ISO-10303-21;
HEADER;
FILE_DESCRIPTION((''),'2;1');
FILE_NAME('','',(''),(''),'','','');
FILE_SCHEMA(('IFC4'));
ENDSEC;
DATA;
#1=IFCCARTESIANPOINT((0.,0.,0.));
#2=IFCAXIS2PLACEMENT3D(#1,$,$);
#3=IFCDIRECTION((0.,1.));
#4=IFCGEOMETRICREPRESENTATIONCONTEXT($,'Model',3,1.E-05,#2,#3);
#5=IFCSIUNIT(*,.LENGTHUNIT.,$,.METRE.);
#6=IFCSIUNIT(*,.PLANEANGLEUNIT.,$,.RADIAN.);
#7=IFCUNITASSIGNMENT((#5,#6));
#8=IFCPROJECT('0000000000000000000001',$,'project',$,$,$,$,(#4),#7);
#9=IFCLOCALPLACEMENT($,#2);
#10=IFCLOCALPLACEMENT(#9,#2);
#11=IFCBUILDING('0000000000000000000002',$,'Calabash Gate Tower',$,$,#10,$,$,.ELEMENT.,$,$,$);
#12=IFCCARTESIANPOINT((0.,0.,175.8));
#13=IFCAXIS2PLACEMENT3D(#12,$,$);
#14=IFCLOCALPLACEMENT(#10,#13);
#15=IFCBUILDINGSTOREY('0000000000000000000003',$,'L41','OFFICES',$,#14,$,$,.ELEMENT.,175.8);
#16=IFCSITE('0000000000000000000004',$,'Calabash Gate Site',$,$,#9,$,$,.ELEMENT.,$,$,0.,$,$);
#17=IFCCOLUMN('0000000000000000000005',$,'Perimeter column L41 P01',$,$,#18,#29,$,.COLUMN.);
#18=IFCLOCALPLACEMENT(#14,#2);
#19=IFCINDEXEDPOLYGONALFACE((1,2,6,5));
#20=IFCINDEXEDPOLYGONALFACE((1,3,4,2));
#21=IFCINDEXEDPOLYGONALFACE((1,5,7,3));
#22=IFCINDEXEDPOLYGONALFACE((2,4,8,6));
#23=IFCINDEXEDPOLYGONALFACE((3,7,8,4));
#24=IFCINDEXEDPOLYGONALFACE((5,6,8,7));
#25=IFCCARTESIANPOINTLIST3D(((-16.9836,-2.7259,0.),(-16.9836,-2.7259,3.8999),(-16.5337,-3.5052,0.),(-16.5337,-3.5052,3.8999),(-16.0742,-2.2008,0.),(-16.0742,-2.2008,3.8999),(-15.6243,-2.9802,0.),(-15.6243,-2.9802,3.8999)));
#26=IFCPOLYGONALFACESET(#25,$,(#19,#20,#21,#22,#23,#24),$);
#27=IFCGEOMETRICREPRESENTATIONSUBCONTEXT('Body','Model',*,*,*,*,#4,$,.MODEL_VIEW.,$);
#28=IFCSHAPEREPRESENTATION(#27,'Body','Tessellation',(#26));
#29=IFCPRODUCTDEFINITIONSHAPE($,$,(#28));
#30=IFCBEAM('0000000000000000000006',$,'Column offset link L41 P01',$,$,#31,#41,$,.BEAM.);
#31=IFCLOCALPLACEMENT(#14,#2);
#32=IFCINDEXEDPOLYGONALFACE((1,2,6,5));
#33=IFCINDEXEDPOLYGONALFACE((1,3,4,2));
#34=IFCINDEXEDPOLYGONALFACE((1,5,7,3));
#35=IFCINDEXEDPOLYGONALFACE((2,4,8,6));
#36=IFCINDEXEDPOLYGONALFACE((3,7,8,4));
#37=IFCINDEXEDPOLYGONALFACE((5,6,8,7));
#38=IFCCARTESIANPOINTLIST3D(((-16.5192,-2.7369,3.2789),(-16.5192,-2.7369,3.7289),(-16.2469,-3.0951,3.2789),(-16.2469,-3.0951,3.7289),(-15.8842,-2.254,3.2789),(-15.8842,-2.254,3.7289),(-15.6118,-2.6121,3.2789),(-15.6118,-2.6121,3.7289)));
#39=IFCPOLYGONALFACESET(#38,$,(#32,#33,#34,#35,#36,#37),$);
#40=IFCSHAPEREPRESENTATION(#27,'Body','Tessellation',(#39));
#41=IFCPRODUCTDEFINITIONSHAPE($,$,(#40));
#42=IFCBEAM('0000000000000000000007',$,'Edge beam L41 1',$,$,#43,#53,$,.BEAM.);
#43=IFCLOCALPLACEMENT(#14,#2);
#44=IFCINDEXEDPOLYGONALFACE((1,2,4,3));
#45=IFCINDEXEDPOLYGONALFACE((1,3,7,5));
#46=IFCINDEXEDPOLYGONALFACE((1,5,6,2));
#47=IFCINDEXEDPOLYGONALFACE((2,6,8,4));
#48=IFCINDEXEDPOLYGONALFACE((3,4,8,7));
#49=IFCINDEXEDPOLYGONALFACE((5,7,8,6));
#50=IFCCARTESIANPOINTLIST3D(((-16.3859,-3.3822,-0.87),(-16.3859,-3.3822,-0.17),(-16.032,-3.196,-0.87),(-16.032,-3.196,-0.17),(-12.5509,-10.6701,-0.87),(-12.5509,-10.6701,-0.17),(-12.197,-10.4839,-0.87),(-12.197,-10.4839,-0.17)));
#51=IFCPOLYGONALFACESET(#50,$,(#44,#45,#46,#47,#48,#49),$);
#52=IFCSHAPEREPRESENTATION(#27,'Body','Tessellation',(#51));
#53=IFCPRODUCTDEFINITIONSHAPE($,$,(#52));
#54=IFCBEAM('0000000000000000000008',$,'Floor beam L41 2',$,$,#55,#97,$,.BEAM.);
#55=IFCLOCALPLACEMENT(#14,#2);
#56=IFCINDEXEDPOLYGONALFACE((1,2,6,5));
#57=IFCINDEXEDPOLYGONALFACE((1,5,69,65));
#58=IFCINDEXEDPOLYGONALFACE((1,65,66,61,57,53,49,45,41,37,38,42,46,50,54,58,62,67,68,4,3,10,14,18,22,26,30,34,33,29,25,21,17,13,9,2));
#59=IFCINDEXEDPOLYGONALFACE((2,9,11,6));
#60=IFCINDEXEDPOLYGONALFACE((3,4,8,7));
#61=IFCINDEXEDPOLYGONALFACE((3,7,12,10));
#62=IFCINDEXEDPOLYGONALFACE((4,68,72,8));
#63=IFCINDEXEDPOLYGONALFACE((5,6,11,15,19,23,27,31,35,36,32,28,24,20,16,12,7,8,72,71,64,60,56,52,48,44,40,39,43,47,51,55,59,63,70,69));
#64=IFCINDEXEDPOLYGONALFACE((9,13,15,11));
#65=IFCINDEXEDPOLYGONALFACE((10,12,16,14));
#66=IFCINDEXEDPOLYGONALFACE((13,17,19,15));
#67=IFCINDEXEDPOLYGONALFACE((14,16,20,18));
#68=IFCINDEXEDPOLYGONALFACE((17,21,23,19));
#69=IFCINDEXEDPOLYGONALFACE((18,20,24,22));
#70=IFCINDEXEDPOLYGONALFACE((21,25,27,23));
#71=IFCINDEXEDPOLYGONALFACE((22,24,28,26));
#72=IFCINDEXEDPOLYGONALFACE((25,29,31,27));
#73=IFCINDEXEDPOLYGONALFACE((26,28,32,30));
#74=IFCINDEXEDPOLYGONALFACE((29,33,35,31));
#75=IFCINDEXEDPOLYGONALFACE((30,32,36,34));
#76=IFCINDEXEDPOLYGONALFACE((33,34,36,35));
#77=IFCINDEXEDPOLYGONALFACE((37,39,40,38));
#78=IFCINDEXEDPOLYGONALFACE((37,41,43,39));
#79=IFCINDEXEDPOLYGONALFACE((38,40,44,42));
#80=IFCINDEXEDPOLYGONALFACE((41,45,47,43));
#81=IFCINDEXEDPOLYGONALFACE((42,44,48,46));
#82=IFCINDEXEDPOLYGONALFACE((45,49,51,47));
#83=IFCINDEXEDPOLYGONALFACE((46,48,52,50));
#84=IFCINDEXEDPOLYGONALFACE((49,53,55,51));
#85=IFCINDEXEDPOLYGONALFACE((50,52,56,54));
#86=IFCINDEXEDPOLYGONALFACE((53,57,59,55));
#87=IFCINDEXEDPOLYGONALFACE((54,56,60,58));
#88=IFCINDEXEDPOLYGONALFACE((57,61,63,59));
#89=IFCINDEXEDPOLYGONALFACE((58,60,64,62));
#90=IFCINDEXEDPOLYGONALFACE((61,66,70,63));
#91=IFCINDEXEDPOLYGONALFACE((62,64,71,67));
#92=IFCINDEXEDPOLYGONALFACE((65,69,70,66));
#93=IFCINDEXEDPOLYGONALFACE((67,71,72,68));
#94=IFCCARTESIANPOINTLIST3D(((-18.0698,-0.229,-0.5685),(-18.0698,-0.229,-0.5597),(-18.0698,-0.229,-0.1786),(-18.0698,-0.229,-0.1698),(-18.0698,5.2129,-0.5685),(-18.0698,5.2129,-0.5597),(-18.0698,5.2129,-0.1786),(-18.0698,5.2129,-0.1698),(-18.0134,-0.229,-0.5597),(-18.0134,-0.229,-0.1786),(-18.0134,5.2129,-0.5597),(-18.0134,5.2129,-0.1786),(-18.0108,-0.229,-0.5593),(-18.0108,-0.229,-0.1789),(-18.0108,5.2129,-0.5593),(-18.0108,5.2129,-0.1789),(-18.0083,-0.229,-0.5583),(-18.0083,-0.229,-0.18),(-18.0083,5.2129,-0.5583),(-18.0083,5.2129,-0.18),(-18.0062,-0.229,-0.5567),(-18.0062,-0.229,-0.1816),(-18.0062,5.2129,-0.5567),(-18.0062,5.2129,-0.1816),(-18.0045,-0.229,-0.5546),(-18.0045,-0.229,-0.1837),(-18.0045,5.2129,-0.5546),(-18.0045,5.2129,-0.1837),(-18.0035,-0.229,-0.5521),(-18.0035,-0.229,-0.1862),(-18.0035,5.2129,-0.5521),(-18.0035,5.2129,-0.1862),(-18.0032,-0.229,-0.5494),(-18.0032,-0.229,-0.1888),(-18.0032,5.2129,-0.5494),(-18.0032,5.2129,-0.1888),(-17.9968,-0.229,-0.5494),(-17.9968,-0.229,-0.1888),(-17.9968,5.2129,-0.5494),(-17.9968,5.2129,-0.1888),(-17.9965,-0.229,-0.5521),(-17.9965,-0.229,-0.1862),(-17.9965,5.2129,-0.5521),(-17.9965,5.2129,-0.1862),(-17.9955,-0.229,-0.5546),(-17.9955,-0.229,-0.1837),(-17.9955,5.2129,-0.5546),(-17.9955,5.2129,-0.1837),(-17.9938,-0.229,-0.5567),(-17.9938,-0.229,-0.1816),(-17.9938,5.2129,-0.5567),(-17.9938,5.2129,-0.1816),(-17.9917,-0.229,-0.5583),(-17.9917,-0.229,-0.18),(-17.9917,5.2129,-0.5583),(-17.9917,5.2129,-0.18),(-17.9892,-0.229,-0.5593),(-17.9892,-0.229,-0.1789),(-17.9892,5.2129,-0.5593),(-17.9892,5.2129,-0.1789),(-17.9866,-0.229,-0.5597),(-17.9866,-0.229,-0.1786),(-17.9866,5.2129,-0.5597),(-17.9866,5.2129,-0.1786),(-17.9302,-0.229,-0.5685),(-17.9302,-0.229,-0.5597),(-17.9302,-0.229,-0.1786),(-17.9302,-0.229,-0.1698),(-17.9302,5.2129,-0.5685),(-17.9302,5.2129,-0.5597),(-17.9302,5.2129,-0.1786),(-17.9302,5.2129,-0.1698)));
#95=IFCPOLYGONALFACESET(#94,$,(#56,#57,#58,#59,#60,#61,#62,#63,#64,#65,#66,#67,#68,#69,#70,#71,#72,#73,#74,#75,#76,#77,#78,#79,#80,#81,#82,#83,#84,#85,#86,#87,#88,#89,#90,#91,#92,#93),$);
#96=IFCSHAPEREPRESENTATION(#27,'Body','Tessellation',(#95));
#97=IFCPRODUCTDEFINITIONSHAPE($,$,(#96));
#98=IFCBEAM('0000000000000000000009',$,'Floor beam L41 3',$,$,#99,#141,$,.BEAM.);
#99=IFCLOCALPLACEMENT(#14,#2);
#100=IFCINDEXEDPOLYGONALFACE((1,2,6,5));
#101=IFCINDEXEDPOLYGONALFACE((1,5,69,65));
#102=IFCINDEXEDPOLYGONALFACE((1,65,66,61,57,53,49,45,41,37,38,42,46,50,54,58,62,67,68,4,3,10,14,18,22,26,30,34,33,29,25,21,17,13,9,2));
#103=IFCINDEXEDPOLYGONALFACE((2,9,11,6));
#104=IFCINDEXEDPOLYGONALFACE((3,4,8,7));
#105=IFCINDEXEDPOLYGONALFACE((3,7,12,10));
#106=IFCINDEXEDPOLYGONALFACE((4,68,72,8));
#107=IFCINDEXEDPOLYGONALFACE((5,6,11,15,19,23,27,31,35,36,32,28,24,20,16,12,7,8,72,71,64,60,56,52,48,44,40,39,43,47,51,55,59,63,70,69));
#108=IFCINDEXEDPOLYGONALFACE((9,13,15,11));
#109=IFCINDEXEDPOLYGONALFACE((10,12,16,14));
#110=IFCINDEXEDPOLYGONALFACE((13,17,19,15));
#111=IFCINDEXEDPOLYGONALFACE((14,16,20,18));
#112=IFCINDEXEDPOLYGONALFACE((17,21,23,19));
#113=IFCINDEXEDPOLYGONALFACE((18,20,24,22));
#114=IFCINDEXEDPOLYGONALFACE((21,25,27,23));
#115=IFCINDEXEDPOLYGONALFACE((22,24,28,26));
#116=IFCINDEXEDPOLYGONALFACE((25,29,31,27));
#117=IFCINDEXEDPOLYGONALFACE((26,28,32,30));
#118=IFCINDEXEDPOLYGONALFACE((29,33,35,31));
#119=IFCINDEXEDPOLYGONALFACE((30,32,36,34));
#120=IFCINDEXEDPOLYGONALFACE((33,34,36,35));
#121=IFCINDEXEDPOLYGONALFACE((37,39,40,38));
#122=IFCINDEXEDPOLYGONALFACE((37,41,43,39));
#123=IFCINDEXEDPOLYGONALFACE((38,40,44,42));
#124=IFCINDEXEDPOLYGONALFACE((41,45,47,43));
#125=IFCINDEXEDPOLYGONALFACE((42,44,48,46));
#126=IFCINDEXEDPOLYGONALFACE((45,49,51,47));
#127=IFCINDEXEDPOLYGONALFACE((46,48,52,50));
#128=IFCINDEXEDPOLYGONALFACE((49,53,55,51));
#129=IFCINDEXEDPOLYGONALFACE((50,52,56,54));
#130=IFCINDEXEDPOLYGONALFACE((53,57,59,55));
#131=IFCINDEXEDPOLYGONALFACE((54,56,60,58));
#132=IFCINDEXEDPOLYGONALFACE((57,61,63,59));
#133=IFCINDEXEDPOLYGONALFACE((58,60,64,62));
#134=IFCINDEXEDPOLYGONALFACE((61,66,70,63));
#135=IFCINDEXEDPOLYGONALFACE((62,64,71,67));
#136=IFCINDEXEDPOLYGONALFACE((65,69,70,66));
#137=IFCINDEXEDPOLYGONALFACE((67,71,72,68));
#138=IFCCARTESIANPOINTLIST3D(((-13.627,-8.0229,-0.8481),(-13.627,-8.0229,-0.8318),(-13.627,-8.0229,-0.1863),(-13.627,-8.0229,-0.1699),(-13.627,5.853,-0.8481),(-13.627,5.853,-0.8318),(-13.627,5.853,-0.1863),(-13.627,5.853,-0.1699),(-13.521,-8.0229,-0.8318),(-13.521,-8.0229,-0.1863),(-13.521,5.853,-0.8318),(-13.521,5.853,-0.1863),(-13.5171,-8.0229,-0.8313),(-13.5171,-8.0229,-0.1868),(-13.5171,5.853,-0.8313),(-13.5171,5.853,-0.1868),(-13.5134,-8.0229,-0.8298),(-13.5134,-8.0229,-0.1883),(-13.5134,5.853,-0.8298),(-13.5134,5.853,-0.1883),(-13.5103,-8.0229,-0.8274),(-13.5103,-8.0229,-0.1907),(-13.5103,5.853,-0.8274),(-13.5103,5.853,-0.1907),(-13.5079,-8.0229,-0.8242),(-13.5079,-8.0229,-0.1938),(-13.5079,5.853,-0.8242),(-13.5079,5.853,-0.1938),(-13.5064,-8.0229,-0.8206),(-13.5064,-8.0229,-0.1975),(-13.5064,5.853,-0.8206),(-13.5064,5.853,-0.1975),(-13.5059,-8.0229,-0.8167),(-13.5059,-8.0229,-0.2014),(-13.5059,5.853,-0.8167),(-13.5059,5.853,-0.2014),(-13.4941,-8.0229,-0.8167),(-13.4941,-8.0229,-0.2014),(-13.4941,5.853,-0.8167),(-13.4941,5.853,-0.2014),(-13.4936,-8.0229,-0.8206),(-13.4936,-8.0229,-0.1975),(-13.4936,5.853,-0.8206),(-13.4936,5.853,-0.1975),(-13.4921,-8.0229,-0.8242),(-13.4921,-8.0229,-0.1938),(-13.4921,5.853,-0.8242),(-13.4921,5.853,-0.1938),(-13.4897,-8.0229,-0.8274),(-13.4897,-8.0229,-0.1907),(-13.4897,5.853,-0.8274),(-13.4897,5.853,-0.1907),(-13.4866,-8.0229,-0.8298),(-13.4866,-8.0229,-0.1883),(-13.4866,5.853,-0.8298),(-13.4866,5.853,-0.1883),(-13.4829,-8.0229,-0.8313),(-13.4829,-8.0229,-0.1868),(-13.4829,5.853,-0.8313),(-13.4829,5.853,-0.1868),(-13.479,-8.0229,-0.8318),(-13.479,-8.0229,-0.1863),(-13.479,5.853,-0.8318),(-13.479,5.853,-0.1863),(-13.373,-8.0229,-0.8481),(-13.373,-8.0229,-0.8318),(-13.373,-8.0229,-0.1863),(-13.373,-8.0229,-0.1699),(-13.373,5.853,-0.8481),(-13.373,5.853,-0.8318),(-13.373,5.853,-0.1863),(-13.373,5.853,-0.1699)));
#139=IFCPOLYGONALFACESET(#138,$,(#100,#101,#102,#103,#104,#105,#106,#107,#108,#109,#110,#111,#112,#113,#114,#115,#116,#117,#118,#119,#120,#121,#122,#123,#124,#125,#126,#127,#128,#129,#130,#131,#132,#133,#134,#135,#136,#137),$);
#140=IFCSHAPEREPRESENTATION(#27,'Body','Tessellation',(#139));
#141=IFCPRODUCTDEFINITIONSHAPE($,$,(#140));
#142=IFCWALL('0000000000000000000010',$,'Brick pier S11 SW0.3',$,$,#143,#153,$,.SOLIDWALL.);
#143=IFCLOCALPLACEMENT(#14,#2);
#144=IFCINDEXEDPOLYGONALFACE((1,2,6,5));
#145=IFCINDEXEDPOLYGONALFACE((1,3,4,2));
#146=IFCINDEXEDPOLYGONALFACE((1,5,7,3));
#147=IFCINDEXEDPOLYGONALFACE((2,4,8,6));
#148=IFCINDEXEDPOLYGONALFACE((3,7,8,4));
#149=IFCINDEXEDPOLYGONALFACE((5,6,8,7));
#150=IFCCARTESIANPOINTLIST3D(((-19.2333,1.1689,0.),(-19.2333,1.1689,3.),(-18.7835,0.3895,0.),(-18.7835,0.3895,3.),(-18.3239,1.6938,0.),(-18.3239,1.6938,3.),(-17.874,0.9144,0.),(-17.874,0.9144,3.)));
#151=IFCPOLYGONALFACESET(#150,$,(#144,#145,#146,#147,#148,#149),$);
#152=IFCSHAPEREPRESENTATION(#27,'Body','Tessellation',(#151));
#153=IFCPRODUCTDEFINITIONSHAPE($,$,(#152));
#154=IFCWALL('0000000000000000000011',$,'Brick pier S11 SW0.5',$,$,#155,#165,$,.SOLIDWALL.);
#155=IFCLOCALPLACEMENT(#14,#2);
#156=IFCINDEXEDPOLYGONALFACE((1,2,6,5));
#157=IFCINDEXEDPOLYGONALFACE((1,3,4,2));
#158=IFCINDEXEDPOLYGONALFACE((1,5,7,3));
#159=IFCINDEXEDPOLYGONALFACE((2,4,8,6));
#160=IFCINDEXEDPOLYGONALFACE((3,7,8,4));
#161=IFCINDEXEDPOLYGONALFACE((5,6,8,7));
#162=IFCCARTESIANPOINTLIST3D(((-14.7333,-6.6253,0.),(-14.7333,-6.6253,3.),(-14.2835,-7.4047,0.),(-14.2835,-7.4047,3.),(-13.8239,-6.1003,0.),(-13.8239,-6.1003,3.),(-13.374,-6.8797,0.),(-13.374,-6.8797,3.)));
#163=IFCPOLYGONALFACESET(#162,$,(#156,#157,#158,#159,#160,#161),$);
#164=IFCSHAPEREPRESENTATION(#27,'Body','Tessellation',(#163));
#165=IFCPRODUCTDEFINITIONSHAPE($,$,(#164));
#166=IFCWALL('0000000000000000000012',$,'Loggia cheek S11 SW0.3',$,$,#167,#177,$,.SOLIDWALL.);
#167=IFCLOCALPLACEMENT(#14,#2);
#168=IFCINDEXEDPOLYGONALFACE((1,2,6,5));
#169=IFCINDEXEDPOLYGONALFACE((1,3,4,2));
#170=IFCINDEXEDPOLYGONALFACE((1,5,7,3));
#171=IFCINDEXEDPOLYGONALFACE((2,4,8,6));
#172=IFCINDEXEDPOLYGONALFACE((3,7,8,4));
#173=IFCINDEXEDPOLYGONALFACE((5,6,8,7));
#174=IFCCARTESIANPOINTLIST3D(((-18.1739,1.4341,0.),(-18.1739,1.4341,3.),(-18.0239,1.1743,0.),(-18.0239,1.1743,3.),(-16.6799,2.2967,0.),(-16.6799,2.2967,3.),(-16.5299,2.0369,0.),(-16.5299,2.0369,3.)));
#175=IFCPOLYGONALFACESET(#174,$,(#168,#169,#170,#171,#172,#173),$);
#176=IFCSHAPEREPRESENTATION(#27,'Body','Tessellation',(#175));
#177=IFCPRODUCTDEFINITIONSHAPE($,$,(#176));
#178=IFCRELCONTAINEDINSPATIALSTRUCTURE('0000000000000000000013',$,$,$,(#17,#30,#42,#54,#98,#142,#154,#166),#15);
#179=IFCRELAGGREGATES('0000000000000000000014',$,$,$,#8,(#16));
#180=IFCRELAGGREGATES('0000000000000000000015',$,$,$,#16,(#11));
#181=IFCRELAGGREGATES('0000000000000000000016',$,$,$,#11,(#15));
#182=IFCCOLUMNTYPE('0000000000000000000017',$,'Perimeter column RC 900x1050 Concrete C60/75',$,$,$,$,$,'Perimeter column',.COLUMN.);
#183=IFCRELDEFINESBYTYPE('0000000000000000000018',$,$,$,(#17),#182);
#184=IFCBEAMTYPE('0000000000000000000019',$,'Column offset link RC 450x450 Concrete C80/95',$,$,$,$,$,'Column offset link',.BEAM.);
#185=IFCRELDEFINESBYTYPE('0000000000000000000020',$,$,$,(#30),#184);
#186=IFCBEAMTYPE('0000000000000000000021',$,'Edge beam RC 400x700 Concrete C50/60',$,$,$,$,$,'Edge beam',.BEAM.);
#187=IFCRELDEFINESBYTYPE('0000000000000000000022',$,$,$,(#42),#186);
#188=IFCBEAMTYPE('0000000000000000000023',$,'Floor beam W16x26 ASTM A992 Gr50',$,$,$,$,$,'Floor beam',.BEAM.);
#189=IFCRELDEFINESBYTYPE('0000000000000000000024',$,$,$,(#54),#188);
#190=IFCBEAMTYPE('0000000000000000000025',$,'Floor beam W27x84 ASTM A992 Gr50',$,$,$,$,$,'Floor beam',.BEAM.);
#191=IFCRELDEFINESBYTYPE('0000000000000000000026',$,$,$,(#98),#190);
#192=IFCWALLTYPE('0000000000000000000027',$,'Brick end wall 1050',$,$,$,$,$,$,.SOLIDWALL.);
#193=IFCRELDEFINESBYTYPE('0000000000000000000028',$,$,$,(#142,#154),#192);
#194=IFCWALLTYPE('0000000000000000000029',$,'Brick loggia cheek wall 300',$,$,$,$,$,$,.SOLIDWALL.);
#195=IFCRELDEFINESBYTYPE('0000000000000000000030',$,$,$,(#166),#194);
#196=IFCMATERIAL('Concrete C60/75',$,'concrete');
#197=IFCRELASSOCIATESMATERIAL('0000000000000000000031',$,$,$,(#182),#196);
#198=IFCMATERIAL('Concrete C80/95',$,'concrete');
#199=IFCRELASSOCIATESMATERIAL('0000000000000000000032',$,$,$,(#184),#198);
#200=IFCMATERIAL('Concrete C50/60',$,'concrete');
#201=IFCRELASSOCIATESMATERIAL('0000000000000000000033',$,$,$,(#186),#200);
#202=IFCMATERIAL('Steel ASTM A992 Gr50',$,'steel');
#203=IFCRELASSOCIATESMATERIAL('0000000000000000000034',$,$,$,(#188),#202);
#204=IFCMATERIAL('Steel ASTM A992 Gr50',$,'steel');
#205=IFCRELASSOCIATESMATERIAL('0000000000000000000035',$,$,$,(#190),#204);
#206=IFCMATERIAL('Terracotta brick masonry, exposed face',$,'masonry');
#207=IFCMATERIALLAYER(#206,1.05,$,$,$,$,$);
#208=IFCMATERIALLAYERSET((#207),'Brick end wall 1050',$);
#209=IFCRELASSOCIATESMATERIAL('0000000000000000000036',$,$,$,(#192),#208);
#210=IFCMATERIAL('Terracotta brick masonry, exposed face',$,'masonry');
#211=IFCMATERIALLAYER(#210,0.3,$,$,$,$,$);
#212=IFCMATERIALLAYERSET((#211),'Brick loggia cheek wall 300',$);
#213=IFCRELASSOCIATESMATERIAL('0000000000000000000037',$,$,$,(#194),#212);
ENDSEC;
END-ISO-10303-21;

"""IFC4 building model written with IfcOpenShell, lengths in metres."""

from ifc_helpers import new_model, si_unit, direction, frame, frame_2d, origin, origin_2d, place, context, subcontext, project, spatial, rectangle, i_section, extrude, material, layer, layer_set, material_profile, profile_set, type_object, element, save


model = new_model("IFC4")

# Units and contexts
model_context = context("Model", 3, precision=1e-05, world=origin(), true_north=direction((0.0, 1.0)))
body_context = subcontext(model_context, "Body", "Model", "MODEL_VIEW")
ifc_project = project(units=[si_unit("LENGTHUNIT", "METRE"), si_unit("PLANEANGLEUNIT", "RADIAN")], contexts=[model_context])

# Site, building, storey
site_placement = place(None, origin())
site = spatial("IfcSite", under=ifc_project, at=site_placement, Name="Calabash Gate Site", CompositionType="ELEMENT", RefElevation=0.0)
building_placement = place(site_placement, origin())
building = spatial("IfcBuilding", under=site, at=building_placement, Name="Calabash Gate Tower", CompositionType="ELEMENT")
storey_placement = place(building_placement, frame((0.0, 0.0, 175.8)))
storey = spatial("IfcBuildingStorey", under=building, at=storey_placement, Name="L41", Description="OFFICES", CompositionType="ELEMENT", Elevation=175.8)

# Column
ifc_material_1 = material(Name="Concrete C60/75", Category="concrete")
ifc_material_profile_1 = material_profile(ifc_material_1, rectangle(XDim=0.8999, YDim=1.05, at=origin_2d()))
ifc_profile_set_1 = profile_set([ifc_material_profile_1], Name="Concrete C60/75")
column_type = type_object("IfcColumnType", Name="Perimeter column RC 900x1050 Concrete C60/75", ElementType="Perimeter column", PredefinedType="COLUMN", material=ifc_profile_set_1)
column_placement = place(storey_placement, frame((-16.304, -2.853, 0.0), z_axis=(0.0, 0.0, 1.0), x_axis=(0.5, -0.866025, 0.0)))
element("IfcColumn", 1, at=column_placement, inside=storey, type_object=column_type, Name="Perimeter column L41 P01", PredefinedType="COLUMN", context=body_context, shape_type="SweptSolid", body=[
    extrude(rectangle(XDim=0.8999, YDim=1.05, at=origin_2d()), origin(), (0.0, 0.0, 1.0), 3.8999),
])

# Beams
ifc_material_2 = material(Name="Concrete C80/95", Category="concrete")
ifc_material_profile_2 = material_profile(ifc_material_2, rectangle(XDim=0.45, YDim=0.45, at=origin_2d()))
ifc_profile_set_2 = profile_set([ifc_material_profile_2], Name="Concrete C80/95")
beam_type_1 = type_object("IfcBeamType", Name="Column offset link RC 450x450 Concrete C80/95", ElementType="Column offset link", PredefinedType="BEAM", material=ifc_profile_set_2)
beam_1_placement = place(storey_placement, frame((-16.3831, -2.916, 3.5039), z_axis=(0.795979, 0.605324, 0.0), x_axis=(-0.605324, 0.795979, 0.0)))
element("IfcBeam", 2, at=beam_1_placement, inside=storey, type_object=beam_type_1, Name="Column offset link L41 P01", PredefinedType="BEAM", context=body_context, shape_type="SweptSolid", body=[
    extrude(rectangle(XDim=0.45, YDim=0.45, at=origin_2d()), origin(), (0.0, 0.0, 1.0), 0.7979),
])
ifc_material_3 = material(Name="Concrete C50/60", Category="concrete")
ifc_material_profile_3 = material_profile(ifc_material_3, rectangle(XDim=0.3999, YDim=0.7, at=origin_2d()))
ifc_profile_set_3 = profile_set([ifc_material_profile_3], Name="Concrete C50/60")
beam_type_2 = type_object("IfcBeamType", Name="Edge beam RC 400x700 Concrete C50/60", ElementType="Edge beam", PredefinedType="BEAM", material=ifc_profile_set_3)
beam_2_placement = place(storey_placement, frame((-16.209, -3.2891, -0.52), z_axis=(0.465676, -0.884956, 0.0), x_axis=(0.884956, 0.465676, 0.0)))
element("IfcBeam", 3, at=beam_2_placement, inside=storey, type_object=beam_type_2, Name="Edge beam L41 1", PredefinedType="BEAM", context=body_context, shape_type="SweptSolid", body=[
    extrude(rectangle(XDim=0.3999, YDim=0.7, at=origin_2d()), origin(), (0.0, 0.0, 1.0), 8.2354),
])
ifc_material_4 = material(Name="Steel ASTM A992 Gr50", Category="steel")
ifc_material_profile_4 = material_profile(ifc_material_4, i_section(OverallWidth=0.1396, OverallDepth=0.3987, WebThickness=0.0063, FlangeThickness=0.0088, FilletRadius=0.0103, at=origin_2d()))
ifc_profile_set_4 = profile_set([ifc_material_profile_4], Name="Steel ASTM A992 Gr50")
beam_type_3 = type_object("IfcBeamType", Name="Floor beam W16x26 ASTM A992 Gr50", ElementType="Floor beam", PredefinedType="BEAM", material=ifc_profile_set_4)
beam_3_placement = place(storey_placement, frame((-18.0, -0.229, -0.3691), z_axis=(0.0, 1.0, 0.0), x_axis=(-1.0, 0.0, 0.0)))
element("IfcBeam", 4, at=beam_3_placement, inside=storey, type_object=beam_type_3, Name="Floor beam L41 2", PredefinedType="BEAM", context=body_context, shape_type="SweptSolid", body=[
    extrude(i_section(OverallWidth=0.1396, OverallDepth=0.3987, WebThickness=0.0063, FlangeThickness=0.0088, FilletRadius=0.0103, at=origin_2d()), origin(), (0.0, 0.0, 1.0), 5.4419),
])
ifc_material_5 = material(Name="Steel ASTM A992 Gr50", Category="steel")
ifc_material_profile_5 = material_profile(ifc_material_5, i_section(OverallWidth=0.2539, OverallDepth=0.6782, WebThickness=0.0117, FlangeThickness=0.0164, FilletRadius=0.0151, at=origin_2d()))
ifc_profile_set_5 = profile_set([ifc_material_profile_5], Name="Steel ASTM A992 Gr50")
beam_type_4 = type_object("IfcBeamType", Name="Floor beam W27x84 ASTM A992 Gr50", ElementType="Floor beam", PredefinedType="BEAM", material=ifc_profile_set_5)
beam_4_placement = place(storey_placement, frame((-13.5, -8.0229, -0.509), z_axis=(0.0, 1.0, 0.0), x_axis=(-1.0, 0.0, 0.0)))
element("IfcBeam", 5, at=beam_4_placement, inside=storey, type_object=beam_type_4, Name="Floor beam L41 3", PredefinedType="BEAM", context=body_context, shape_type="SweptSolid", body=[
    extrude(i_section(OverallWidth=0.2539, OverallDepth=0.6782, WebThickness=0.0117, FlangeThickness=0.0164, FilletRadius=0.0151, at=origin_2d()), origin(), (0.0, 0.0, 1.0), 13.876),
])

# Walls
ifc_material_6 = material(Name="Terracotta brick masonry, exposed face", Category="masonry")
ifc_layer_1 = layer(ifc_material_6, 1.05)
ifc_layer_set_1 = layer_set([ifc_layer_1], Name="Brick end wall 1050")
wall_type_1 = type_object("IfcWallType", Name="Brick end wall 1050", PredefinedType="SOLIDWALL", material=ifc_layer_set_1)
for number, where, z_axis, x_axis, name in (
    (6, (-19.0083, 0.7793, 0.0), (0.0, 0.0, 1.0), (0.866089, 0.49989, 0.0), "Brick pier S11 SW0.3"),
    (7, (-14.5083, -7.0149, 0.0), (0.0, 0.0, 1.0), (0.866089, 0.49989, 0.0), "Brick pier S11 SW0.5"),
):
    element("IfcWall", number, at=place(storey_placement, frame(where, z_axis=z_axis, x_axis=x_axis)), inside=storey, type_object=wall_type_1, Name=name, PredefinedType="SOLIDWALL", context=body_context, shape_type="SweptSolid", body=[
        extrude(rectangle(XDim=1.05, YDim=0.8999, at=frame_2d((0.5249, 0.0))), origin(), (0.0, 0.0, 1.0), 3.0),
    ])
ifc_material_7 = material(Name="Terracotta brick masonry, exposed face", Category="masonry")
ifc_layer_2 = layer(ifc_material_7, 0.3)
ifc_layer_set_2 = layer_set([ifc_layer_2], Name="Brick loggia cheek wall 300")
wall_type_2 = type_object("IfcWallType", Name="Brick loggia cheek wall 300", PredefinedType="SOLIDWALL", material=ifc_layer_set_2)
wall_1_placement = place(storey_placement, frame((-18.0989, 1.3042, 0.0), z_axis=(0.0, 0.0, 1.0), x_axis=(0.866014, 0.500021, 0.0)))
element("IfcWall", 8, at=wall_1_placement, inside=storey, type_object=wall_type_2, Name="Loggia cheek S11 SW0.3", PredefinedType="SOLIDWALL", context=body_context, shape_type="SweptSolid", body=[
    extrude(rectangle(XDim=1.7251, YDim=0.3, at=frame_2d((0.8625, 0.0))), origin(), (0.0, 0.0, 1.0), 3.0),
])

save(model, "model.ifc")
